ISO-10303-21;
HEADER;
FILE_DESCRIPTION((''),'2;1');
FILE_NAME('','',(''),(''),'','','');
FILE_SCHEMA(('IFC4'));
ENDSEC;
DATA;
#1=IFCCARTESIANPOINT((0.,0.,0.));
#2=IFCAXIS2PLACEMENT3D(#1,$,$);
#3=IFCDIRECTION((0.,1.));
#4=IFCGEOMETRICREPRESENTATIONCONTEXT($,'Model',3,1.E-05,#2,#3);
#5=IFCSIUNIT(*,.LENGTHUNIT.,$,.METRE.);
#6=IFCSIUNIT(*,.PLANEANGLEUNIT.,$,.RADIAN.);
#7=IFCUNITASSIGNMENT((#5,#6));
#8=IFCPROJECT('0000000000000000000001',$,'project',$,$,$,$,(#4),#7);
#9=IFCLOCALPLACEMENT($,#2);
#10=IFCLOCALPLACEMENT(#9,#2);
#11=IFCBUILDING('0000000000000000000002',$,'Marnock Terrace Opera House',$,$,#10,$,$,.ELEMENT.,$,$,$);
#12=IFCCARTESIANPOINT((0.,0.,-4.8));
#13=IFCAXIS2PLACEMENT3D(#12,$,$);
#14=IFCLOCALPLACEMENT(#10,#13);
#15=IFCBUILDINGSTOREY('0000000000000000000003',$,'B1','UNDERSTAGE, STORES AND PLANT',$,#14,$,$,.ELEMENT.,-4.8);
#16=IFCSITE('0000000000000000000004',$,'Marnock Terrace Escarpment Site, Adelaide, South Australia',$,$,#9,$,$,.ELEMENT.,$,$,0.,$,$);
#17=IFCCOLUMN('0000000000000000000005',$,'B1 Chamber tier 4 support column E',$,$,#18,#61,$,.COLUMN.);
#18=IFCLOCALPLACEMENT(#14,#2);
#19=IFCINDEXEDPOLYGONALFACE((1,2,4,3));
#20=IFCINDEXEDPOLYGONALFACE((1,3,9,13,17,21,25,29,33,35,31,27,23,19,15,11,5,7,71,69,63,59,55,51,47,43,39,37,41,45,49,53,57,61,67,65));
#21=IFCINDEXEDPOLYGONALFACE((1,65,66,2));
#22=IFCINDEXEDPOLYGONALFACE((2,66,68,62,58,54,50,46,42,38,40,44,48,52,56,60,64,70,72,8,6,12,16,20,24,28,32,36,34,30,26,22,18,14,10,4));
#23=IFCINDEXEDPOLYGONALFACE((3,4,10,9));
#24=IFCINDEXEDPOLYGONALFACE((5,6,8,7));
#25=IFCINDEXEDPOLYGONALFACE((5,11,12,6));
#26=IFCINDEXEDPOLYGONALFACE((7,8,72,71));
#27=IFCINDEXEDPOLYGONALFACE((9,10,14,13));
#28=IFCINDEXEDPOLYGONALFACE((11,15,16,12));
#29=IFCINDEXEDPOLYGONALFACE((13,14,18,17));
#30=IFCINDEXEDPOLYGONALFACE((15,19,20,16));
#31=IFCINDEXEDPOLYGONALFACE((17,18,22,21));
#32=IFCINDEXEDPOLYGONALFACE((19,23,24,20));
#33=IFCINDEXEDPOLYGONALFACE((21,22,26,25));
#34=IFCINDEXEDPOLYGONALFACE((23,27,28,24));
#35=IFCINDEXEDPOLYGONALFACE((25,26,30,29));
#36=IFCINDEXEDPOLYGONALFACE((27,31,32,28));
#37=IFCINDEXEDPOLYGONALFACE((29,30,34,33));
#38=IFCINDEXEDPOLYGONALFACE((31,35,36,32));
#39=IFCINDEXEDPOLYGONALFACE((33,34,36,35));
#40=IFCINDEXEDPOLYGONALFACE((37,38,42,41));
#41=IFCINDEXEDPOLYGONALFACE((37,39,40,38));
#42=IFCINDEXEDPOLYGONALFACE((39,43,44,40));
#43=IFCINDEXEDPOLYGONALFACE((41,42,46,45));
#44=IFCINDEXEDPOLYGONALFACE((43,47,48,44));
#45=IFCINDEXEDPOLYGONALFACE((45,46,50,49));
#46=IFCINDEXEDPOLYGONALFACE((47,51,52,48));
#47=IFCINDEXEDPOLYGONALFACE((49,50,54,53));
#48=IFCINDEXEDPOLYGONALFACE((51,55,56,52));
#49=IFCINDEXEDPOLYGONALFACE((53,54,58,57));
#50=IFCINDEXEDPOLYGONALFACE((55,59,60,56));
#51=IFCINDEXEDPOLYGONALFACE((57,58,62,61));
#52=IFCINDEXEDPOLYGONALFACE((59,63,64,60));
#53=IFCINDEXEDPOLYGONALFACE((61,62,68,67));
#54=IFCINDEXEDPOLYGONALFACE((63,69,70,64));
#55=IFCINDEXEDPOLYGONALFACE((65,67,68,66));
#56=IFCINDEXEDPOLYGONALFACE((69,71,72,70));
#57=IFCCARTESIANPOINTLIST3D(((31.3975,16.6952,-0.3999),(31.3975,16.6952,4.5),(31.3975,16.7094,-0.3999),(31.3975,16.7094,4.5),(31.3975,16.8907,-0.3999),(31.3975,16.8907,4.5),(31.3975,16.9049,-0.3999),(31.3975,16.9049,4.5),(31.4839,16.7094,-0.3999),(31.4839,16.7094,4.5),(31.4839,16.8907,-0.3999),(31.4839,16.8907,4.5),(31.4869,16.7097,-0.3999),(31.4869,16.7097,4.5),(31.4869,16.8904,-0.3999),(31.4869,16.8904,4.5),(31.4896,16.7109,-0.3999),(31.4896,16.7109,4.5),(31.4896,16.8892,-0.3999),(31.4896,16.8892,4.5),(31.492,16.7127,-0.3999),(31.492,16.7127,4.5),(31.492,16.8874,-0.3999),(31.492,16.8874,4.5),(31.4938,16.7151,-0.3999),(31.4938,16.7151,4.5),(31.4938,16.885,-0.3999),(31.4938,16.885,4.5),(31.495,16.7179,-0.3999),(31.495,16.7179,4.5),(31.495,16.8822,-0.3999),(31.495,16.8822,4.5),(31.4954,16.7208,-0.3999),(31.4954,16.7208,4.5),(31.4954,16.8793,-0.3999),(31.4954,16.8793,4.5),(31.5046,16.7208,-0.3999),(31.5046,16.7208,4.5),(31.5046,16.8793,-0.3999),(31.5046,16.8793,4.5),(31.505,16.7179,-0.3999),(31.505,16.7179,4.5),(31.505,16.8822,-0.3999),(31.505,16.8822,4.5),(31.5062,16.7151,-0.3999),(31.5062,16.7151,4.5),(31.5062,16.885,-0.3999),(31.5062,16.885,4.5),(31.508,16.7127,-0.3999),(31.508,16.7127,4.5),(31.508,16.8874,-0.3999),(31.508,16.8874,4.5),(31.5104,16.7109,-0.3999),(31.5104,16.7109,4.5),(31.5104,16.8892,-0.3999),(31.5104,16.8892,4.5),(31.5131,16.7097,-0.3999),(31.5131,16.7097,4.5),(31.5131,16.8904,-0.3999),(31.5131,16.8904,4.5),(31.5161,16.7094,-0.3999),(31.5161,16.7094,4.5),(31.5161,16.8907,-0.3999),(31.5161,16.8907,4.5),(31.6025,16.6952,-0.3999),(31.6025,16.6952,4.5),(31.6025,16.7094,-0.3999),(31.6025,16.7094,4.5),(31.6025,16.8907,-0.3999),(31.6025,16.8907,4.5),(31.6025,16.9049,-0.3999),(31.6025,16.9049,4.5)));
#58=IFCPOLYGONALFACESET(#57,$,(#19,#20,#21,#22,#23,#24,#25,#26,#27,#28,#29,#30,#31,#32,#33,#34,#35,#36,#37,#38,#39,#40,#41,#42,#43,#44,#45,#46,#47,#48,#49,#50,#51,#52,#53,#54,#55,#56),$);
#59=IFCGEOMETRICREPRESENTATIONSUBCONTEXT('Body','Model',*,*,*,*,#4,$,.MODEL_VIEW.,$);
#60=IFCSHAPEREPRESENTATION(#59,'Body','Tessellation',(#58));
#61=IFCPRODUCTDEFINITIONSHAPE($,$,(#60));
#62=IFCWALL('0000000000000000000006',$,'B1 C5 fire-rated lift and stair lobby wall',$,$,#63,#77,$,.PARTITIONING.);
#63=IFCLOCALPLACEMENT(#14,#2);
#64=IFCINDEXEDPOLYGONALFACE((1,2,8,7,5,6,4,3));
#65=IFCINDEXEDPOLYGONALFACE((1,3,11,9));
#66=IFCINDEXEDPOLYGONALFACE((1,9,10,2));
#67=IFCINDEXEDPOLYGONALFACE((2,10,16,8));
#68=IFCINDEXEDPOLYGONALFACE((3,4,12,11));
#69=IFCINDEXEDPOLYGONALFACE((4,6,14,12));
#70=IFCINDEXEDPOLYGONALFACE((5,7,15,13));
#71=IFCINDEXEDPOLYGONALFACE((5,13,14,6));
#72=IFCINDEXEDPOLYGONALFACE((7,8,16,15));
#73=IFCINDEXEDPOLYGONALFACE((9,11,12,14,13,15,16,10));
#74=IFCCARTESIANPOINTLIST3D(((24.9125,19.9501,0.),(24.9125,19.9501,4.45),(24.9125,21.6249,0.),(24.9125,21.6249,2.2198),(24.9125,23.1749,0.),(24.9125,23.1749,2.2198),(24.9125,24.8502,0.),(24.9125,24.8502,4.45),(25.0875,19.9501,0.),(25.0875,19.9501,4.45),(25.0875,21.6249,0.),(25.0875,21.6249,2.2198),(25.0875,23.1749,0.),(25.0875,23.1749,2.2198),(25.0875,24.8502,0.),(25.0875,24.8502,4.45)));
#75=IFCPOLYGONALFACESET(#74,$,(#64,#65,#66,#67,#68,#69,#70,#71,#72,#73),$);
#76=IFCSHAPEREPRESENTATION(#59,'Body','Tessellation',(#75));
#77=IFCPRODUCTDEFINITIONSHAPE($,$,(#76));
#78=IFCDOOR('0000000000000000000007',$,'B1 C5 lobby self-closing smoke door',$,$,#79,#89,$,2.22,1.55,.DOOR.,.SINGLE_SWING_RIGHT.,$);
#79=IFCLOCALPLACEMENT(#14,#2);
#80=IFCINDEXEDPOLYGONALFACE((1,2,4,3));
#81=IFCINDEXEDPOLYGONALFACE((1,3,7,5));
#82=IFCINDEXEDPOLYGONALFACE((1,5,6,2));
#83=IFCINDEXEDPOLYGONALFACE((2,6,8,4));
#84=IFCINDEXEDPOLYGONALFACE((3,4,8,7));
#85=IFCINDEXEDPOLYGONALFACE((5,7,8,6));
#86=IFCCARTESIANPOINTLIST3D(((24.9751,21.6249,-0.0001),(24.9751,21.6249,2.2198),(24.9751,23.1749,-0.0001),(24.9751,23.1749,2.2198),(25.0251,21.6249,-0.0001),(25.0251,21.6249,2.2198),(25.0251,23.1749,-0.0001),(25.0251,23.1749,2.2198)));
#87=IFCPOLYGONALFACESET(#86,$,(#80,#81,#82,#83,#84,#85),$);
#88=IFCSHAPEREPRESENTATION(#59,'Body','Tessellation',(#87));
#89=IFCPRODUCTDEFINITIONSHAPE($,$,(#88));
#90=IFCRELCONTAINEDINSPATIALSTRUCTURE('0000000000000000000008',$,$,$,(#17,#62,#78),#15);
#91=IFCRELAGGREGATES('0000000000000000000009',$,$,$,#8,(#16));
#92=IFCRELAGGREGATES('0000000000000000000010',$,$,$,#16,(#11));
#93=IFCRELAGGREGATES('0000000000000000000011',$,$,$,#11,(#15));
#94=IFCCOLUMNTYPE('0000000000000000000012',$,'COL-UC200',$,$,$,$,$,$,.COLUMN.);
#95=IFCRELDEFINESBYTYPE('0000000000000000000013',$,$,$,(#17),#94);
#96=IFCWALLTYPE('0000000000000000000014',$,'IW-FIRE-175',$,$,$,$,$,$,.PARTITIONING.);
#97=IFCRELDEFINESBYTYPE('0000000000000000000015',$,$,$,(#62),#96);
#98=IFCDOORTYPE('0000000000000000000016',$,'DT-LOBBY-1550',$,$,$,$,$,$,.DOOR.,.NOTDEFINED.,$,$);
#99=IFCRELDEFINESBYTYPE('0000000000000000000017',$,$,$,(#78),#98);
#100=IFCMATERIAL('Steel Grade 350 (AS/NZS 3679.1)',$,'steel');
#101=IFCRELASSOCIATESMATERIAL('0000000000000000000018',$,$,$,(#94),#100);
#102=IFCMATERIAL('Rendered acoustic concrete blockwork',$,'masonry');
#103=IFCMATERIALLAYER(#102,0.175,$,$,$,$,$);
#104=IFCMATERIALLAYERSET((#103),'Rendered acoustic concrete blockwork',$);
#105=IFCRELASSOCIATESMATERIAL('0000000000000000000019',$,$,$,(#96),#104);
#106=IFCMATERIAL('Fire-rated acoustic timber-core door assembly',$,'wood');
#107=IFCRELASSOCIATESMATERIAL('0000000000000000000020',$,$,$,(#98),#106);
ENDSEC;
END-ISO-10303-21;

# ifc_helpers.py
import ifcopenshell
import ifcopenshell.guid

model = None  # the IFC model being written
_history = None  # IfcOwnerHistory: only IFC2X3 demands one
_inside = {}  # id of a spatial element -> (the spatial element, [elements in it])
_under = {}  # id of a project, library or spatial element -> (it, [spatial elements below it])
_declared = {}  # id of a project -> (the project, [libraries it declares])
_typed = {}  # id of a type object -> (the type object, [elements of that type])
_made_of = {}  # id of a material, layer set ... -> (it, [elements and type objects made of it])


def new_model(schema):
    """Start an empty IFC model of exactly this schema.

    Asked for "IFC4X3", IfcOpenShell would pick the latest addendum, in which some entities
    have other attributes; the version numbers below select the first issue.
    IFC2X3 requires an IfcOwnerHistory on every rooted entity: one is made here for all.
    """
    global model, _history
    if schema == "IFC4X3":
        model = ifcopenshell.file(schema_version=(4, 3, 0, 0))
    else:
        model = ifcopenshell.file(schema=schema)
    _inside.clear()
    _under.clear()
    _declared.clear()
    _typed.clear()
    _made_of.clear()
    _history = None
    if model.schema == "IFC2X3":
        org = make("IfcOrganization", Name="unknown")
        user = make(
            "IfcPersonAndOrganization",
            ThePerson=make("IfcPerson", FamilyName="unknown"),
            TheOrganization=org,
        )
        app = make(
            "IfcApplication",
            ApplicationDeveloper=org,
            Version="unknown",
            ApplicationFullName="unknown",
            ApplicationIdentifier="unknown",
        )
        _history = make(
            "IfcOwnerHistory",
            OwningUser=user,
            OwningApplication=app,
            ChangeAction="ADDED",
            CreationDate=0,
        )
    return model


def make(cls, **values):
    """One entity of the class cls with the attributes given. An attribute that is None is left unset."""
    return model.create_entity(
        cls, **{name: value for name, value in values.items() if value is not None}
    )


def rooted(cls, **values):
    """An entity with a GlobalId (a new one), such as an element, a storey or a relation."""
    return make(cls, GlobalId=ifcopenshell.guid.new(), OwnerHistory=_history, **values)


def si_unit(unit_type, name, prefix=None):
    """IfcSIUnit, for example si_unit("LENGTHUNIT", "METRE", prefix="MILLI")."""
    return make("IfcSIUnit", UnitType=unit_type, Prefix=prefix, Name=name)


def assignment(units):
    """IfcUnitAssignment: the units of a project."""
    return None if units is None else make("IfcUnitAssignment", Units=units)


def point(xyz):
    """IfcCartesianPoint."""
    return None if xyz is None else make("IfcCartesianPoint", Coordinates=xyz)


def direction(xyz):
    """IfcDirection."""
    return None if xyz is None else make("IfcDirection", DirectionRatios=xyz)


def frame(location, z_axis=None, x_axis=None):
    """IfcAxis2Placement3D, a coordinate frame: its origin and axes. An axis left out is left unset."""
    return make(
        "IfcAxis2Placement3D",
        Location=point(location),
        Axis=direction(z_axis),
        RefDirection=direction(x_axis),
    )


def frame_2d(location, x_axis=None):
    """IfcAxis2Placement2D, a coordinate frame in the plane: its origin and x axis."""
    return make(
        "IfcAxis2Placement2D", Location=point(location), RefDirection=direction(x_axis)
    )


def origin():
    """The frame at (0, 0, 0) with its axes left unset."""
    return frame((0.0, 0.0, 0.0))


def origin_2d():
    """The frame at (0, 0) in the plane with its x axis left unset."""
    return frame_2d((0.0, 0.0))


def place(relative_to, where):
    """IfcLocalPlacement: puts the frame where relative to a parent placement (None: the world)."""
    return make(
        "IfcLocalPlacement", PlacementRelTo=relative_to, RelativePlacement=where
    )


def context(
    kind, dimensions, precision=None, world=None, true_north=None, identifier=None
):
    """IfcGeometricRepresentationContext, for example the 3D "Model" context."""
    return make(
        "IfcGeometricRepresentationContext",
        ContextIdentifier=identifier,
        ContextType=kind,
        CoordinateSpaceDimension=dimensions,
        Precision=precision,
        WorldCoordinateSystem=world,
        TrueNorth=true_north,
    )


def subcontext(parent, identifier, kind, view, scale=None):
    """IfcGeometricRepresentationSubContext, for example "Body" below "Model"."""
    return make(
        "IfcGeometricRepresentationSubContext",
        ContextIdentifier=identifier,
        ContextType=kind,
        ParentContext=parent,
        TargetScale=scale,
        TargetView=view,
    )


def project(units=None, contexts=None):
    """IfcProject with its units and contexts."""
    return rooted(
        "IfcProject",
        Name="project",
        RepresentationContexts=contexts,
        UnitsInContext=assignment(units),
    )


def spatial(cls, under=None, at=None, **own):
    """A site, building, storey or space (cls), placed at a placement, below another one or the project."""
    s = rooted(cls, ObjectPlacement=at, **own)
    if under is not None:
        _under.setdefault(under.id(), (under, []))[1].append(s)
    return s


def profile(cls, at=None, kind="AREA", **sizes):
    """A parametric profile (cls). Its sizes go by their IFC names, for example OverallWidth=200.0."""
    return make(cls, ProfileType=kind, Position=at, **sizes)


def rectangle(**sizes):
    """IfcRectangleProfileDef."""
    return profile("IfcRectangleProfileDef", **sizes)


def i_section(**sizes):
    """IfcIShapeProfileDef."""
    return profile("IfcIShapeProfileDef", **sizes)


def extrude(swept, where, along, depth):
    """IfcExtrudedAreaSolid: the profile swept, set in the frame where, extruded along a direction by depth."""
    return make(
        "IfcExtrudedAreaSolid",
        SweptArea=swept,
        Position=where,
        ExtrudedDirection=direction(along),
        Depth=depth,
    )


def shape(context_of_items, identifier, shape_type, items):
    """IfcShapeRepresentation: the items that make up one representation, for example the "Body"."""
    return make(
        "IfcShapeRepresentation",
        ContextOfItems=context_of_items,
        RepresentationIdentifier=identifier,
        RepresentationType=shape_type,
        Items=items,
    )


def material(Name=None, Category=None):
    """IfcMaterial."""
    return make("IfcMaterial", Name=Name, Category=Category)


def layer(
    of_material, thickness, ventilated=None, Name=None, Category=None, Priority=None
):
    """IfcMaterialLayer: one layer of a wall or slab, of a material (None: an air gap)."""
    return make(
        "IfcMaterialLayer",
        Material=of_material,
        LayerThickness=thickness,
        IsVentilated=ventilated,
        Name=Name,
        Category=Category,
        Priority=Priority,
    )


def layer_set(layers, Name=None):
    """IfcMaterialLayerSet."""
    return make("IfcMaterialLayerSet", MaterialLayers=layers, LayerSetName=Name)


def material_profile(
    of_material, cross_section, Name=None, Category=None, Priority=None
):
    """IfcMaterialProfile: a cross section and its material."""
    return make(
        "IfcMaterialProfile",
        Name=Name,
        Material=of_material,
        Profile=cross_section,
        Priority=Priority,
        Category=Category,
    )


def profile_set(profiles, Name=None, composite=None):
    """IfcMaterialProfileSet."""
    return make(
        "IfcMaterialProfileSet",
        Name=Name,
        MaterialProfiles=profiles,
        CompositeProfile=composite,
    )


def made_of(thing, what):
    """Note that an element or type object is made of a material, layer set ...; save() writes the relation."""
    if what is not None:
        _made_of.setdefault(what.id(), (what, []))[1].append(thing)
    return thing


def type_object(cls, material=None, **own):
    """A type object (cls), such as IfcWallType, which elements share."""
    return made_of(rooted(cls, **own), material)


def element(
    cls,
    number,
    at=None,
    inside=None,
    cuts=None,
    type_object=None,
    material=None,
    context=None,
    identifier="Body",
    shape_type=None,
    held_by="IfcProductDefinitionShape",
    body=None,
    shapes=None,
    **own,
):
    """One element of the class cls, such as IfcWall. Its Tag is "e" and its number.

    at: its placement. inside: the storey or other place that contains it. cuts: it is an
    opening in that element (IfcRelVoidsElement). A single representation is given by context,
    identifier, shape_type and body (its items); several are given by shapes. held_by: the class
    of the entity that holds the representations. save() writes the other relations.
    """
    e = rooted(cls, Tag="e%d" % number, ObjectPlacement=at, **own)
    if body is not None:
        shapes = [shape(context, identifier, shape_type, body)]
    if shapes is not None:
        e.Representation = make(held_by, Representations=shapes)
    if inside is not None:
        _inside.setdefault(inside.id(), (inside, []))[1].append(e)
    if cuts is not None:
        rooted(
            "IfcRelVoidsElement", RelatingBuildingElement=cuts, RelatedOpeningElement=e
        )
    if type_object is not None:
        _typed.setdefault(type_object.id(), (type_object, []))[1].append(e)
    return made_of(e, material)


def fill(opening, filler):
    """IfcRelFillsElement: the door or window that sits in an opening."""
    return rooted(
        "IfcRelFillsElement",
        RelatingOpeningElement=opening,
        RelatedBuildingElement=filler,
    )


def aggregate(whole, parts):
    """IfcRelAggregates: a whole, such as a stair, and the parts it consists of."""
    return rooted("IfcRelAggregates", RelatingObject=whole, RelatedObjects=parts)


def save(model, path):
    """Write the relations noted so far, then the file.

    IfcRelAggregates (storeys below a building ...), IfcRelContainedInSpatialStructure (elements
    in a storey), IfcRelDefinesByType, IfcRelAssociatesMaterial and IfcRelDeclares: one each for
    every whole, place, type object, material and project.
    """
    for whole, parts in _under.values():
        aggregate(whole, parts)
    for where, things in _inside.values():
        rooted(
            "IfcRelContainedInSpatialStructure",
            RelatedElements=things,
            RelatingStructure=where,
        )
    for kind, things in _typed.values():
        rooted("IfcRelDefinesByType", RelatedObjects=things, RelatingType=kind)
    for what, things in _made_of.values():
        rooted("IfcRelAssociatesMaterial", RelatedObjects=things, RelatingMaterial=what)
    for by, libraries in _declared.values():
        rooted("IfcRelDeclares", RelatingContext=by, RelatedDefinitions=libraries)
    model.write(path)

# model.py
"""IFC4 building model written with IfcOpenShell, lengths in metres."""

from ifc_helpers import new_model, si_unit, direction, frame, frame_2d, origin, origin_2d, place, context, subcontext, project, spatial, rectangle, i_section, extrude, material, layer, layer_set, material_profile, profile_set, type_object, element, fill, save


model = new_model("IFC4")

# Units and contexts
model_context = context("Model", 3, precision=1e-05, world=origin(), true_north=direction((0.0, 1.0)))
body_context = subcontext(model_context, "Body", "Model", "MODEL_VIEW")
ifc_project = project(units=[si_unit("LENGTHUNIT", "METRE"), si_unit("PLANEANGLEUNIT", "RADIAN")], contexts=[model_context])

# Site, building, storey
site_placement = place(None, origin())
site = spatial("IfcSite", under=ifc_project, at=site_placement, Name="Marnock Terrace Escarpment Site, Adelaide, South Australia", CompositionType="ELEMENT", RefElevation=0.0)
building_placement = place(site_placement, origin())
building = spatial("IfcBuilding", under=site, at=building_placement, Name="Marnock Terrace Opera House", CompositionType="ELEMENT")
storey_placement = place(building_placement, frame((0.0, 0.0, -4.8)))
storey = spatial("IfcBuildingStorey", under=building, at=storey_placement, Name="B1", Description="UNDERSTAGE, STORES AND PLANT", CompositionType="ELEMENT", Elevation=-4.8)

# Column
ifc_material_1 = material(Name="Steel Grade 350 (AS/NZS 3679.1)", Category="steel")
ifc_material_profile_1 = material_profile(ifc_material_1, i_section(OverallWidth=0.2051, OverallDepth=0.2097, WebThickness=0.0093, FlangeThickness=0.0142, FilletRadius=0.0115, at=origin_2d()))
ifc_profile_set_1 = profile_set([ifc_material_profile_1], Name="Steel Grade 350 (AS/NZS 3679.1)")
column_type_1 = type_object("IfcColumnType", Name="COL-UC200", PredefinedType="COLUMN", material=ifc_profile_set_1)
for number, where, z_axis, x_axis, name in (
    (1, (31.5, 16.8, -0.3999), (0.0, 0.0, 1.0), (1.0, 0.0, 0.0), "B1 Chamber tier 4 support column E"),
):
    element("IfcColumn", number, at=place(storey_placement, frame(where, z_axis=z_axis, x_axis=x_axis)), inside=storey, type_object=column_type_1, Name=name, PredefinedType="COLUMN", context=body_context, shape_type="SweptSolid", body=[
        extrude(i_section(OverallWidth=0.2051, OverallDepth=0.2097, WebThickness=0.0093, FlangeThickness=0.0142, FilletRadius=0.0115, at=origin_2d()), origin(), (0.0, 0.0, 1.0), 4.8999),
    ])

# Wall, opening, door
ifc_material_2 = material(Name="Rendered acoustic concrete blockwork", Category="masonry")
ifc_layer_1 = layer(ifc_material_2, 0.175)
ifc_layer_set_1 = layer_set([ifc_layer_1], Name="Rendered acoustic concrete blockwork")
wall_type = type_object("IfcWallType", Name="IW-FIRE-175", PredefinedType="PARTITIONING", material=ifc_layer_set_1)
wall_placement = place(storey_placement, frame((25.0, 19.95, 0.0), z_axis=(0.0, 0.0, 1.0), x_axis=(0.0, 1.0, 0.0)))
wall = element("IfcWall", 2, at=wall_placement, inside=storey, type_object=wall_type, Name="B1 C5 fire-rated lift and stair lobby wall", PredefinedType="PARTITIONING", context=body_context, shape_type="SweptSolid", body=[
    extrude(rectangle(XDim=4.9001, YDim=0.175, at=frame_2d((2.4502, 0.0))), origin(), (0.0, 0.0, 1.0), 4.45),
])
opening_placement = place(wall_placement, frame((1.675, 0.0, 0.0)))
opening = element("IfcOpeningElement", 3, at=opening_placement, cuts=wall, PredefinedType="OPENING", context=body_context, shape_type="SweptSolid", body=[
    extrude(rectangle(XDim=1.55, YDim=2.22, at=frame_2d((0.7749, 1.1099))), frame((0.0, 0.0974, 0.0), z_axis=(0.0, -1.0, 0.0), x_axis=(1.0, 0.0, 0.0)), (0.0, 0.0, 1.0), 0.1951),
])
ifc_material_3 = material(Name="Fire-rated acoustic timber-core door assembly", Category="wood")
door_type = type_object("IfcDoorType", Name="DT-LOBBY-1550", OperationType="NOTDEFINED", PredefinedType="DOOR", material=ifc_material_3)
door_placement = place(opening_placement, origin())
door = element("IfcDoor", 4, at=door_placement, inside=storey, type_object=door_type, Name="B1 C5 lobby self-closing smoke door", OperationType="SINGLE_SWING_RIGHT", OverallHeight=2.22, OverallWidth=1.55, PredefinedType="DOOR", context=body_context, shape_type="SweptSolid", body=[
    extrude(rectangle(XDim=1.55, YDim=2.22, at=frame_2d((0.7749, 1.1099))), frame((0.0, 0.0249, 0.0), z_axis=(0.0, -1.0, 0.0), x_axis=(1.0, 0.0, 0.0)), (0.0, 0.0, 1.0), 0.05),
])
fill(opening, door)

save(model, "model.ifc")
